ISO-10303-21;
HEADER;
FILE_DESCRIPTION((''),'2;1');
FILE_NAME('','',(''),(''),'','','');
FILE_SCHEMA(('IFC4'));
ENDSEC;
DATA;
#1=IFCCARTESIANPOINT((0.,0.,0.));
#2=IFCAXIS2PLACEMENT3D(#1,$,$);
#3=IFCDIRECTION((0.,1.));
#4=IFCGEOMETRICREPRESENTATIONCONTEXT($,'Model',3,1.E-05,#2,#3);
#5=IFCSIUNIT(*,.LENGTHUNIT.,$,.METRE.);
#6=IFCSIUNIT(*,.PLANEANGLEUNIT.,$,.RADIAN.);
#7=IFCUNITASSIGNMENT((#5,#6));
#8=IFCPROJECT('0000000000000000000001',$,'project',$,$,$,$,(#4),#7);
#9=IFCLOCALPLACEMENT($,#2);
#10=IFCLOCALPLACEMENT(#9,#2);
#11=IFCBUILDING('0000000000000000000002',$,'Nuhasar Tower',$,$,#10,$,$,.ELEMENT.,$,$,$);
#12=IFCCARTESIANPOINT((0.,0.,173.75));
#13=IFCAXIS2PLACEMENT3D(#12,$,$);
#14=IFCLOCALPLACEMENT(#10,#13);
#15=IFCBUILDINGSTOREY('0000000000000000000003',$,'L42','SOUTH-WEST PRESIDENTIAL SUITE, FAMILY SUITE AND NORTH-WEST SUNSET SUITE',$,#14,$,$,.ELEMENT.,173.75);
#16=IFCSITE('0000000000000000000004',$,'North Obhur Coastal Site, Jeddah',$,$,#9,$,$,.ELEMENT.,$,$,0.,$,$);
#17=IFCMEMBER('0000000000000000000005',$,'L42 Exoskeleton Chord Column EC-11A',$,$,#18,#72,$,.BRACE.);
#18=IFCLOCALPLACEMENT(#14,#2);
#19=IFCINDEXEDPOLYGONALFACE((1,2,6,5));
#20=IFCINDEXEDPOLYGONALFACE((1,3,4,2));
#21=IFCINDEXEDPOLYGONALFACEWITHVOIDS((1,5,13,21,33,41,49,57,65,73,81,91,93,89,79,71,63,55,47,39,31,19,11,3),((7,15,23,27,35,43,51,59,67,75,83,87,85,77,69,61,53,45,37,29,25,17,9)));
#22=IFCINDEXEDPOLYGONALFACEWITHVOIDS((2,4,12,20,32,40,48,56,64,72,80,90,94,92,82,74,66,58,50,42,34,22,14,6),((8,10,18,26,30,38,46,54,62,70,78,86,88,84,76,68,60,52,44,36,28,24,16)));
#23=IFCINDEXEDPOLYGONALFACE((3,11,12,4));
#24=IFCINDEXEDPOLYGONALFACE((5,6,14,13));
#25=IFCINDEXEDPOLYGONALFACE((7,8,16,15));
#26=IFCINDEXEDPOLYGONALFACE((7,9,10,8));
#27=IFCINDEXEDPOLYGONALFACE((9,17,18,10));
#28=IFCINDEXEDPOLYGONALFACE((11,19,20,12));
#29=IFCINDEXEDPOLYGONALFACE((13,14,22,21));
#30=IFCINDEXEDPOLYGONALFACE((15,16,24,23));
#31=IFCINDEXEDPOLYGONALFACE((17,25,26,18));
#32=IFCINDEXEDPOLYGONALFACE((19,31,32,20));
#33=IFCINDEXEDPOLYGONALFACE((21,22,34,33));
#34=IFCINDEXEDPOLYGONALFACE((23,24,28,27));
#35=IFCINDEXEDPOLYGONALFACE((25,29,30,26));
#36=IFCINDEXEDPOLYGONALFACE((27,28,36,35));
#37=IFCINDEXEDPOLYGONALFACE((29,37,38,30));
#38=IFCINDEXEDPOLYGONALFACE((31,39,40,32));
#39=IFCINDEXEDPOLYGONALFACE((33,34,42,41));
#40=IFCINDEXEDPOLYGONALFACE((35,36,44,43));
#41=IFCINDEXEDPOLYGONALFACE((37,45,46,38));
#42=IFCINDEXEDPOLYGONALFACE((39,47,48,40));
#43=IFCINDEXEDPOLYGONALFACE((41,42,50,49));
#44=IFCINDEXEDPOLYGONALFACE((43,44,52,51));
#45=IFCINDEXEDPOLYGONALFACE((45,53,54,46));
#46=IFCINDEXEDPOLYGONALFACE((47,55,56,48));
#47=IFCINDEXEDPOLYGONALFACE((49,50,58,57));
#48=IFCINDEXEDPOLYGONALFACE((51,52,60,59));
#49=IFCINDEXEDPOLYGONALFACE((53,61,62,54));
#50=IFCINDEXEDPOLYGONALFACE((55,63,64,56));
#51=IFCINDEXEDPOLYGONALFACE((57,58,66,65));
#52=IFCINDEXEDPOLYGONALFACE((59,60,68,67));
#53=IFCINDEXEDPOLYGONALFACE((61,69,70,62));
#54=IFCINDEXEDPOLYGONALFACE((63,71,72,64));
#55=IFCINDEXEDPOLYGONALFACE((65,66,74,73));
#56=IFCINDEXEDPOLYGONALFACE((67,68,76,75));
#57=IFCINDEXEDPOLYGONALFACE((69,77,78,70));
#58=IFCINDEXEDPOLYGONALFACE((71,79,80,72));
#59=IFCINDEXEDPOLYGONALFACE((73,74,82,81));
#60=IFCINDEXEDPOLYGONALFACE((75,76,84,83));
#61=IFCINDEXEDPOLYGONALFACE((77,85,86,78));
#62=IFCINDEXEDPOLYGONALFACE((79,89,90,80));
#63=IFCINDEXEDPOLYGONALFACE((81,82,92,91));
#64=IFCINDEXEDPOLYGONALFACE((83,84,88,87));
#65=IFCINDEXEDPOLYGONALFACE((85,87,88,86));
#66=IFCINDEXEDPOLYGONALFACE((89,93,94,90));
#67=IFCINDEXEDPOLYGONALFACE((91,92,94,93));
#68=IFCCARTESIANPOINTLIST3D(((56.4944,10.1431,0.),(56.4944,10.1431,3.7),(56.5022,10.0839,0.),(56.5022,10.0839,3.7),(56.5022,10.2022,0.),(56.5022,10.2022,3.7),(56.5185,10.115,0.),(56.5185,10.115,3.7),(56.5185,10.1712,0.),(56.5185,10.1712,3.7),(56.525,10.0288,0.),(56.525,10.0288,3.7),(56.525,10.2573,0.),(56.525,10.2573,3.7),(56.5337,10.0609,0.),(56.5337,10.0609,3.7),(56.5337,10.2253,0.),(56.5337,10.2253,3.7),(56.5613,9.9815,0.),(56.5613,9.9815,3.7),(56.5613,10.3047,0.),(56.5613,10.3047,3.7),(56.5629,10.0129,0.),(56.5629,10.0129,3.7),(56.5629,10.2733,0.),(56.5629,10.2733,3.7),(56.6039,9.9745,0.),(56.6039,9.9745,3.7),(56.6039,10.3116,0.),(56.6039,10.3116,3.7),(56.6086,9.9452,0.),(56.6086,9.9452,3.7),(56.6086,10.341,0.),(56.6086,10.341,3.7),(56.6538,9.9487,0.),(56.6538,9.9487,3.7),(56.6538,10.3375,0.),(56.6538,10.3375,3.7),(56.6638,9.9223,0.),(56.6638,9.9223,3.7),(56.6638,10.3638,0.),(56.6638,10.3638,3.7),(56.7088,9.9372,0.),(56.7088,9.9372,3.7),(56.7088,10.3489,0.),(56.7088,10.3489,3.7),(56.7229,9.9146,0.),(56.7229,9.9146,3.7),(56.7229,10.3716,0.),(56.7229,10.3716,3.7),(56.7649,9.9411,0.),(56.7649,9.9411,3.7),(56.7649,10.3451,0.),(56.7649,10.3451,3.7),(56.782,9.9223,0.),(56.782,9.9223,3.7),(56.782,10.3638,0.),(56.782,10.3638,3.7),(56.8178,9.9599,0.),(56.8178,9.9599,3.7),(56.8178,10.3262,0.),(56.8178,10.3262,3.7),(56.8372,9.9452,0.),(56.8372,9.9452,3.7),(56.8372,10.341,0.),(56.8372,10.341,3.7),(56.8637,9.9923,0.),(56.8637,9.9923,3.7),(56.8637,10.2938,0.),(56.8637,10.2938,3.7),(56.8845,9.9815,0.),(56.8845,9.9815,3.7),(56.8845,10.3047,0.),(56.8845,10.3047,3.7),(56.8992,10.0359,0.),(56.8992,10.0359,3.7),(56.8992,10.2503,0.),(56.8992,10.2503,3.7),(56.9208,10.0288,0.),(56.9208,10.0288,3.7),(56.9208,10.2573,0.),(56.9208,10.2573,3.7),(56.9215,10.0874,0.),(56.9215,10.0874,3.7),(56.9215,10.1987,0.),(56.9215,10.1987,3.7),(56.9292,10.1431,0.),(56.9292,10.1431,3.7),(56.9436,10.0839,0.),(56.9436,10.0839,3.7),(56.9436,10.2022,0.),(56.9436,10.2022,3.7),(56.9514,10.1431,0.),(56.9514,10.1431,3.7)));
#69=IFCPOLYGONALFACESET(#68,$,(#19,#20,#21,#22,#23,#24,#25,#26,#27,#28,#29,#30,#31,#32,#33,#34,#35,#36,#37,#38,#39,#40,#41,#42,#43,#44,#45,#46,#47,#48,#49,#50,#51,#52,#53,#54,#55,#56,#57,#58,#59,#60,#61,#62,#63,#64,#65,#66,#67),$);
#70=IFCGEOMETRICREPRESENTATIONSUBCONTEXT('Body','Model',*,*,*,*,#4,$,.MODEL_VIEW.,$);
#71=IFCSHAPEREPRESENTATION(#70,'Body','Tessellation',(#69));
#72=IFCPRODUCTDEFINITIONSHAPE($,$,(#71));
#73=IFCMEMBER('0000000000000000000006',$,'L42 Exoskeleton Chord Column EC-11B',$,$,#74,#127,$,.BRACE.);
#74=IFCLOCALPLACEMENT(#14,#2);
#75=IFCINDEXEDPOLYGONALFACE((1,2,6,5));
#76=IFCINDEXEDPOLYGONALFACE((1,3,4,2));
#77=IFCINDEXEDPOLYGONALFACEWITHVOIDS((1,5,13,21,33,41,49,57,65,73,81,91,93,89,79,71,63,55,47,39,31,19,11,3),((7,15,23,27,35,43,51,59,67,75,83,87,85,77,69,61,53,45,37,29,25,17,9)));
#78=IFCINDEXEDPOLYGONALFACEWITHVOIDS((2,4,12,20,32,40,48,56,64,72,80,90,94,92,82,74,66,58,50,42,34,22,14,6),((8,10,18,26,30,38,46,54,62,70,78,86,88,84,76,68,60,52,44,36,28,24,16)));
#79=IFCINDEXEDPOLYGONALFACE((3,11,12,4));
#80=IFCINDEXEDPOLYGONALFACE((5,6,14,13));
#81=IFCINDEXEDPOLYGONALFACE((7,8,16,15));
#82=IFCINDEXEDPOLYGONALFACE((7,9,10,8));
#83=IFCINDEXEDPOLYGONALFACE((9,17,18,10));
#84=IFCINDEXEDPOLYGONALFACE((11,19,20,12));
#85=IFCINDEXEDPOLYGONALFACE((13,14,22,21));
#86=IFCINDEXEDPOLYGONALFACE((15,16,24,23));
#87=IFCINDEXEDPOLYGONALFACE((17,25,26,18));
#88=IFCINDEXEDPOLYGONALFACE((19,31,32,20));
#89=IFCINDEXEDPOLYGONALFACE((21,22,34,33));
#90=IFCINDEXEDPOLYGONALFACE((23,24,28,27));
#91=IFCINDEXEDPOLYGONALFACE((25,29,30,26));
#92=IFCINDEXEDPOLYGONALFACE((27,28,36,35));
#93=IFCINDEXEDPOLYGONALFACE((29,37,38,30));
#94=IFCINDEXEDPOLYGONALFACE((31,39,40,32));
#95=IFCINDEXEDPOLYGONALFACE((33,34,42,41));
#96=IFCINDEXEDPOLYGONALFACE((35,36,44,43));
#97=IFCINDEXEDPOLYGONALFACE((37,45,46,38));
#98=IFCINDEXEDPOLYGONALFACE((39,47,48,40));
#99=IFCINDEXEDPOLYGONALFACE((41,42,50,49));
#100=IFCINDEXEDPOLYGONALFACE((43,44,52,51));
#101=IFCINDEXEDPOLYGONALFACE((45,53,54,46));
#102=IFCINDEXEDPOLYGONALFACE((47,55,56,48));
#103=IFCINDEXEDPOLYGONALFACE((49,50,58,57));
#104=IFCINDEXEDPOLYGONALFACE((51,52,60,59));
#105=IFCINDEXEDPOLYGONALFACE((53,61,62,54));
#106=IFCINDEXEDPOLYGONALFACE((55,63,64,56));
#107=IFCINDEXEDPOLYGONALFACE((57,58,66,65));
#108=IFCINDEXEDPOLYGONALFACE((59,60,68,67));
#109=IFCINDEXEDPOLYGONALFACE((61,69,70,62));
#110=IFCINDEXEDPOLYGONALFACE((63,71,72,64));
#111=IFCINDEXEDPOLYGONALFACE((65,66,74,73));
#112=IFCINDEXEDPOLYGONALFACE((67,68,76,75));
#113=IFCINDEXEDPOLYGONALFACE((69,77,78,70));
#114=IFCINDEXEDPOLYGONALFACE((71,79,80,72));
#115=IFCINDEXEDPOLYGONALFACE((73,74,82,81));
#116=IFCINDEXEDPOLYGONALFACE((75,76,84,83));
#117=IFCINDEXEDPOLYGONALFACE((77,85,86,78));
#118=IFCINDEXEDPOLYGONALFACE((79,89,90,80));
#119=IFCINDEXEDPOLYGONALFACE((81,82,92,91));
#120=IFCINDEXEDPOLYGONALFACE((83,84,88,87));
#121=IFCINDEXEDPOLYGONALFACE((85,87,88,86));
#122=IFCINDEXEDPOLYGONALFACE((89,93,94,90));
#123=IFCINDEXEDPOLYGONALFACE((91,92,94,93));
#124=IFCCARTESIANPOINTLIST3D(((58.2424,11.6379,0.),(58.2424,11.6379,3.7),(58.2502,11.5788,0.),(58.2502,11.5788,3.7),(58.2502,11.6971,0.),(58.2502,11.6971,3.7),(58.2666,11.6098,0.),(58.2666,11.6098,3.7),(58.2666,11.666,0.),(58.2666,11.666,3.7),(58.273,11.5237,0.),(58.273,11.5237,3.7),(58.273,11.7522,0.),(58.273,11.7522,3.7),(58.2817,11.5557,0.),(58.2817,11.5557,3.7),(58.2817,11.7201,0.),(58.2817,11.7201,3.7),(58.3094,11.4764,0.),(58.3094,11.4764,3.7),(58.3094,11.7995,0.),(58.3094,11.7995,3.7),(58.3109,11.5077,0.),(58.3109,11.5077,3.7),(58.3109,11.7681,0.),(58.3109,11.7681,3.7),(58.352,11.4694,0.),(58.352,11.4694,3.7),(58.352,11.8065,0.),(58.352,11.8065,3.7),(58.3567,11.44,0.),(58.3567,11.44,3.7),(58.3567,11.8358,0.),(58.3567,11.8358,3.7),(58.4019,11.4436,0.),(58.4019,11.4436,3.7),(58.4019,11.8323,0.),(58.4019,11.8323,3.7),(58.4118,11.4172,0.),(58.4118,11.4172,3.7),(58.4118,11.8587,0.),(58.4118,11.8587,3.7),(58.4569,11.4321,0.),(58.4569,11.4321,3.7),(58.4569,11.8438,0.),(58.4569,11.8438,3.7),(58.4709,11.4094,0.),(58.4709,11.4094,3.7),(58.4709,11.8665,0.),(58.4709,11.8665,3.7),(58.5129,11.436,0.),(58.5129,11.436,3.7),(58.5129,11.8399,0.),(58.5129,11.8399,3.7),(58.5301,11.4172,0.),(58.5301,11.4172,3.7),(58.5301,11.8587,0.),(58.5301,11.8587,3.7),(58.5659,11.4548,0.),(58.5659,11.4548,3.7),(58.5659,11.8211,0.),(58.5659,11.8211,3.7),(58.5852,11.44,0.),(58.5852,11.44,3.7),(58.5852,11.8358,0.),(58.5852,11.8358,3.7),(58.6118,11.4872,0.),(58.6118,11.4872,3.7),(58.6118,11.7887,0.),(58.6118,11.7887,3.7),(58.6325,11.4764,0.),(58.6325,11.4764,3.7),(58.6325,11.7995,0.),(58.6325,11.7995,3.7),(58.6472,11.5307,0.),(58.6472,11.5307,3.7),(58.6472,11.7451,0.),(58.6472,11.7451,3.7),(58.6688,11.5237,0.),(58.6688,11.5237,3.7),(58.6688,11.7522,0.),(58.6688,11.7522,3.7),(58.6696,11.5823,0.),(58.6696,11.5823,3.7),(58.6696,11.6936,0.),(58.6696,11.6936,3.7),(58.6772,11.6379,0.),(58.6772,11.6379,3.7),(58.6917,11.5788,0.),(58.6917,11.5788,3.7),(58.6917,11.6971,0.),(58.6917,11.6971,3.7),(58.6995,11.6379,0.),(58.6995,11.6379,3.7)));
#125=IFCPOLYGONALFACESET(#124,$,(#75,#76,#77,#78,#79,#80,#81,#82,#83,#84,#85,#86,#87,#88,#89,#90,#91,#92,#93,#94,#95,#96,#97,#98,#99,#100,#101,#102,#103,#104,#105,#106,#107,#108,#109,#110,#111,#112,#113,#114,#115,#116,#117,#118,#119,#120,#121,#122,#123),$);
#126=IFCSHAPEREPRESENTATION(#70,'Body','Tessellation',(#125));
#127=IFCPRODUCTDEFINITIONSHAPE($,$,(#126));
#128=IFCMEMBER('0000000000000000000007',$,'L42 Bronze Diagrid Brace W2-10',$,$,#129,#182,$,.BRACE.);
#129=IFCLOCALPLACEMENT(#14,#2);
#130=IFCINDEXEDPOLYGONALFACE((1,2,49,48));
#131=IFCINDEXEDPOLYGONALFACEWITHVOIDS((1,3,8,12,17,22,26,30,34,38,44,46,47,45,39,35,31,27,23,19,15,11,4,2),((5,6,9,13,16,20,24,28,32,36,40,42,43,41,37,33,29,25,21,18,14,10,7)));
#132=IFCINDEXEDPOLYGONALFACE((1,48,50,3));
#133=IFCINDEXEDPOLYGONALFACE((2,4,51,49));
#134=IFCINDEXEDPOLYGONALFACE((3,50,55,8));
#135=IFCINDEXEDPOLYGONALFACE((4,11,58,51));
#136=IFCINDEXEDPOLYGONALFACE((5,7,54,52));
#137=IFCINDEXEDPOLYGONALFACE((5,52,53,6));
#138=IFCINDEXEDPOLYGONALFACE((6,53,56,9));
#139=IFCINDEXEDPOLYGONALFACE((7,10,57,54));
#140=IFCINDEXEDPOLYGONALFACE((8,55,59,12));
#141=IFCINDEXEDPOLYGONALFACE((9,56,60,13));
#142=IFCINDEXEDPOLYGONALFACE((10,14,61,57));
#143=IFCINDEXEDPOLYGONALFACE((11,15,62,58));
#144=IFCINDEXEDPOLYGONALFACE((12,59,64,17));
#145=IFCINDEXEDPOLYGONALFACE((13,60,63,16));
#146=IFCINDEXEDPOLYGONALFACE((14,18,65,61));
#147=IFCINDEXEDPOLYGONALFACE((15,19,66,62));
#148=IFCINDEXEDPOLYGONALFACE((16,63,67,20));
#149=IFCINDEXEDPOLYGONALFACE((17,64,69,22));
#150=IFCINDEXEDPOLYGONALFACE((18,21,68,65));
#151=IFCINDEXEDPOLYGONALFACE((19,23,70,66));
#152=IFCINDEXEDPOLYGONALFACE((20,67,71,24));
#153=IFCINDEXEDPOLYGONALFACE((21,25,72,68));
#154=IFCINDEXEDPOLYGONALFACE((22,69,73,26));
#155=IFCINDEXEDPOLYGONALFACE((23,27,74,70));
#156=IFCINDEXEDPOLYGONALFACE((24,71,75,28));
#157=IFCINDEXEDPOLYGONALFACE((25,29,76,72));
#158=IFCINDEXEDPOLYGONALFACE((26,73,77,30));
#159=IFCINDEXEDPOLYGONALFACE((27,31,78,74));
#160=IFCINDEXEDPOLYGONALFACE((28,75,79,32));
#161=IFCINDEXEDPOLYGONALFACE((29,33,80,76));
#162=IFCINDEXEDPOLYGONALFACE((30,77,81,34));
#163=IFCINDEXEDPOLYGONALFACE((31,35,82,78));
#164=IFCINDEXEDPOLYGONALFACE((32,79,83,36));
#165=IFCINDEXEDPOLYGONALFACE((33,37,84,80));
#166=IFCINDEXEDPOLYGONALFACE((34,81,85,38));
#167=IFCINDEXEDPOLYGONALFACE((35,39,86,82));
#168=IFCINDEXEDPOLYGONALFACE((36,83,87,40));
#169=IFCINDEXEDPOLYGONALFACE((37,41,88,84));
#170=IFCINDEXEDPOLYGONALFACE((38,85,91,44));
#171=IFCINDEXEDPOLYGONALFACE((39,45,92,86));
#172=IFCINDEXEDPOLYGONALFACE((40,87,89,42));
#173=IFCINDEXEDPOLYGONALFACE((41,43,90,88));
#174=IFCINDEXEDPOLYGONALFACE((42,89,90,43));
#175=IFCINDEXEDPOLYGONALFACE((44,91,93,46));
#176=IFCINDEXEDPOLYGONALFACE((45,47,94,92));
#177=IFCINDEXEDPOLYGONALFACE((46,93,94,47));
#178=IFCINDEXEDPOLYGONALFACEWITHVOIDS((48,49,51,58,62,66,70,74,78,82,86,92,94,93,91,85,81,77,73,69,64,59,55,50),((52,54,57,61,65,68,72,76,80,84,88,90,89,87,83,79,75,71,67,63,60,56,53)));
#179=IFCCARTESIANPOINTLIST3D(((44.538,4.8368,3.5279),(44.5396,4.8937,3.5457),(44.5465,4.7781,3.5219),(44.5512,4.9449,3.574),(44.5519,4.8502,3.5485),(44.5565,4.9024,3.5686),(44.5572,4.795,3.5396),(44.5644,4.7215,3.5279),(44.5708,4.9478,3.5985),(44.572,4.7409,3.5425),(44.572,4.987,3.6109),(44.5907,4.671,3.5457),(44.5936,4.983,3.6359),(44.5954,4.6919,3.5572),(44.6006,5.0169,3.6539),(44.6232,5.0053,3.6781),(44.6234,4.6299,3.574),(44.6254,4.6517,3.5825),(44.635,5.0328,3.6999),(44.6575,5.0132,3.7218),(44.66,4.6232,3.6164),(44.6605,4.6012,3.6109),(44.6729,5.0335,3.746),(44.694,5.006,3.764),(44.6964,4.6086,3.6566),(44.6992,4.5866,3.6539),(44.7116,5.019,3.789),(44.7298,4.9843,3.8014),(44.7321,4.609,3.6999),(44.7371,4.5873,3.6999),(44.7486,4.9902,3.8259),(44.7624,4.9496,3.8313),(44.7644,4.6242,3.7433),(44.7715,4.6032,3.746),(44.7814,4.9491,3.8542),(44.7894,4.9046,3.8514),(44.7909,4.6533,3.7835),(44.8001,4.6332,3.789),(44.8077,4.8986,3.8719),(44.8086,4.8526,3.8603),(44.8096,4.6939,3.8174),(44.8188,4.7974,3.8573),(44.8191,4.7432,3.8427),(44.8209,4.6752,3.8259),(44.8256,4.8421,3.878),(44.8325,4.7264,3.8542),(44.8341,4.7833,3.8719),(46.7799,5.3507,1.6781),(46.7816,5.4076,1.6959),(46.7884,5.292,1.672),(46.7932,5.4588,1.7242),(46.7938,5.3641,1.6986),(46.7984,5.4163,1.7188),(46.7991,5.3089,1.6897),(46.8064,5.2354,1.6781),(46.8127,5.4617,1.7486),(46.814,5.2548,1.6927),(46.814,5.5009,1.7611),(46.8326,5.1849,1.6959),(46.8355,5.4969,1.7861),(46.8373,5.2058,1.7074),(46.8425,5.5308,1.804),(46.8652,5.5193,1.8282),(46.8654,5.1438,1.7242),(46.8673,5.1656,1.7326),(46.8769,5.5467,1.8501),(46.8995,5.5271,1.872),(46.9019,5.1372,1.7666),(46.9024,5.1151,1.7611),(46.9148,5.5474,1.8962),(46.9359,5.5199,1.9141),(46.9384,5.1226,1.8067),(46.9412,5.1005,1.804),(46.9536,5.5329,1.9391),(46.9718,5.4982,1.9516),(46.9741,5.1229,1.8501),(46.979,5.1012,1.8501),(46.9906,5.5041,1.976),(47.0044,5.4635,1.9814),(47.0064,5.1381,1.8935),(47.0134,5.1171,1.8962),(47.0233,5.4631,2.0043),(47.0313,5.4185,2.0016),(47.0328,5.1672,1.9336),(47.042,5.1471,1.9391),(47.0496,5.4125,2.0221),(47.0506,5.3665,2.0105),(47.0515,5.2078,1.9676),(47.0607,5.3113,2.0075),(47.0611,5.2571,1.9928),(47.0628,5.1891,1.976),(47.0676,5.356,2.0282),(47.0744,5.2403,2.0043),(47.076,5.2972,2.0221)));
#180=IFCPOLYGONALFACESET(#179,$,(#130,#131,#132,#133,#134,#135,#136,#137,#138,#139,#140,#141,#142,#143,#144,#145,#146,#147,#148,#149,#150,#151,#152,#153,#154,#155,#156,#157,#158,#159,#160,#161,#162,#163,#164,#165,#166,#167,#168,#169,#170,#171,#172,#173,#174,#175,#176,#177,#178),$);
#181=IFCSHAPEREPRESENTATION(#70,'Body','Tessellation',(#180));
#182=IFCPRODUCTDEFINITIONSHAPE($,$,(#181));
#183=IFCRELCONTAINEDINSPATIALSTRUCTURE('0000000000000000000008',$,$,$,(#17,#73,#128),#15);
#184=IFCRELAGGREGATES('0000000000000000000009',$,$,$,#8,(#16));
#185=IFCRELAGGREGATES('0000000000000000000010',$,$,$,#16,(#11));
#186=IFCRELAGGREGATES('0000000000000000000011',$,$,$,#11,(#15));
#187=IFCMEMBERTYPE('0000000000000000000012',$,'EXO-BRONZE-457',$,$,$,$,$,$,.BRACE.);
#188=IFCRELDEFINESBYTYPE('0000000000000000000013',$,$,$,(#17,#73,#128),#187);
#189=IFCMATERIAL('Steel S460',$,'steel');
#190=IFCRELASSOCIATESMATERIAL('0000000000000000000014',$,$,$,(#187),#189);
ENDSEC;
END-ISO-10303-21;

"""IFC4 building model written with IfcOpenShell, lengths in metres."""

from ifc_helpers import new_model, si_unit, direction, frame, origin, origin_2d, place, context, subcontext, project, spatial, hollow_circle, extrude, material, material_profile, profile_set, type_object, element, save


model = new_model("IFC4")

# Units and contexts
model_context = context("Model", 3, precision=1e-05, world=origin(), true_north=direction((0.0, 1.0)))
body_context = subcontext(model_context, "Body", "Model", "MODEL_VIEW")
ifc_project = project(units=[si_unit("LENGTHUNIT", "METRE"), si_unit("PLANEANGLEUNIT", "RADIAN")], contexts=[model_context])

# Site, building, storey
site_placement = place(None, origin())
site = spatial("IfcSite", under=ifc_project, at=site_placement, Name="North Obhur Coastal Site, Jeddah", CompositionType="ELEMENT", RefElevation=0.0)
building_placement = place(site_placement, origin())
building = spatial("IfcBuilding", under=site, at=building_placement, Name="Nuhasar Tower", CompositionType="ELEMENT")
storey_placement = place(building_placement, frame((0.0, 0.0, 173.75)))
storey = spatial("IfcBuildingStorey", under=building, at=storey_placement, Name="L42", Description="SOUTH-WEST PRESIDENTIAL SUITE, FAMILY SUITE AND NORTH-WEST SUNSET SUITE", CompositionType="ELEMENT", Elevation=173.75)

# Members
ifc_material_1 = material(Name="Steel S460", Category="steel")
ifc_material_profile_1 = material_profile(ifc_material_1, hollow_circle(Radius=0.2285, WallThickness=0.0222, at=origin_2d()), Name="HSS457X22.2")
ifc_profile_set_1 = profile_set([ifc_material_profile_1], Name="Steel S460")
member_type_1 = type_object("IfcMemberType", Name="EXO-BRONZE-457", PredefinedType="BRACE", material=ifc_profile_set_1)
for number, where, z_axis, x_axis, name in (
    (1, (56.7229, 10.1431, 0.0), (0.0, 0.0, 1.0), (1.0, 0.0, 0.0), "L42 Exoskeleton Chord Column EC-11A"),
    (2, (58.4709, 11.6379, 0.0), (0.0, 0.0, 1.0), (1.0, 0.0, 0.0), "L42 Exoskeleton Chord Column EC-11B"),
):
    element("IfcMember", number, at=place(storey_placement, frame(where, z_axis=z_axis, x_axis=x_axis)), inside=storey, type_object=member_type_1, Name=name, PredefinedType="BRACE", context=body_context, shape_type="SweptSolid", body=[
        extrude(hollow_circle(Radius=0.2285, WallThickness=0.0222, at=origin_2d()), origin(), (0.0, 0.0, 1.0), 3.7),
    ])
member_1_placement = place(storey_placement, frame((46.928, 5.324, 1.8501), z_axis=(-0.75955, -0.17411, 0.626713), x_axis=(0.223433, -0.974719, 0.0)))
element("IfcMember", 3, at=member_1_placement, inside=storey, type_object=member_type_1, Name="L42 Bronze Diagrid Brace W2-10", PredefinedType="BRACE", context=body_context, shape_type="SweptSolid", body=[
    extrude(hollow_circle(Radius=0.2285, WallThickness=0.0222, at=origin_2d()), origin(), (0.0, 0.0, 1.0), 2.9517),
])

save(model, "model.ifc")
